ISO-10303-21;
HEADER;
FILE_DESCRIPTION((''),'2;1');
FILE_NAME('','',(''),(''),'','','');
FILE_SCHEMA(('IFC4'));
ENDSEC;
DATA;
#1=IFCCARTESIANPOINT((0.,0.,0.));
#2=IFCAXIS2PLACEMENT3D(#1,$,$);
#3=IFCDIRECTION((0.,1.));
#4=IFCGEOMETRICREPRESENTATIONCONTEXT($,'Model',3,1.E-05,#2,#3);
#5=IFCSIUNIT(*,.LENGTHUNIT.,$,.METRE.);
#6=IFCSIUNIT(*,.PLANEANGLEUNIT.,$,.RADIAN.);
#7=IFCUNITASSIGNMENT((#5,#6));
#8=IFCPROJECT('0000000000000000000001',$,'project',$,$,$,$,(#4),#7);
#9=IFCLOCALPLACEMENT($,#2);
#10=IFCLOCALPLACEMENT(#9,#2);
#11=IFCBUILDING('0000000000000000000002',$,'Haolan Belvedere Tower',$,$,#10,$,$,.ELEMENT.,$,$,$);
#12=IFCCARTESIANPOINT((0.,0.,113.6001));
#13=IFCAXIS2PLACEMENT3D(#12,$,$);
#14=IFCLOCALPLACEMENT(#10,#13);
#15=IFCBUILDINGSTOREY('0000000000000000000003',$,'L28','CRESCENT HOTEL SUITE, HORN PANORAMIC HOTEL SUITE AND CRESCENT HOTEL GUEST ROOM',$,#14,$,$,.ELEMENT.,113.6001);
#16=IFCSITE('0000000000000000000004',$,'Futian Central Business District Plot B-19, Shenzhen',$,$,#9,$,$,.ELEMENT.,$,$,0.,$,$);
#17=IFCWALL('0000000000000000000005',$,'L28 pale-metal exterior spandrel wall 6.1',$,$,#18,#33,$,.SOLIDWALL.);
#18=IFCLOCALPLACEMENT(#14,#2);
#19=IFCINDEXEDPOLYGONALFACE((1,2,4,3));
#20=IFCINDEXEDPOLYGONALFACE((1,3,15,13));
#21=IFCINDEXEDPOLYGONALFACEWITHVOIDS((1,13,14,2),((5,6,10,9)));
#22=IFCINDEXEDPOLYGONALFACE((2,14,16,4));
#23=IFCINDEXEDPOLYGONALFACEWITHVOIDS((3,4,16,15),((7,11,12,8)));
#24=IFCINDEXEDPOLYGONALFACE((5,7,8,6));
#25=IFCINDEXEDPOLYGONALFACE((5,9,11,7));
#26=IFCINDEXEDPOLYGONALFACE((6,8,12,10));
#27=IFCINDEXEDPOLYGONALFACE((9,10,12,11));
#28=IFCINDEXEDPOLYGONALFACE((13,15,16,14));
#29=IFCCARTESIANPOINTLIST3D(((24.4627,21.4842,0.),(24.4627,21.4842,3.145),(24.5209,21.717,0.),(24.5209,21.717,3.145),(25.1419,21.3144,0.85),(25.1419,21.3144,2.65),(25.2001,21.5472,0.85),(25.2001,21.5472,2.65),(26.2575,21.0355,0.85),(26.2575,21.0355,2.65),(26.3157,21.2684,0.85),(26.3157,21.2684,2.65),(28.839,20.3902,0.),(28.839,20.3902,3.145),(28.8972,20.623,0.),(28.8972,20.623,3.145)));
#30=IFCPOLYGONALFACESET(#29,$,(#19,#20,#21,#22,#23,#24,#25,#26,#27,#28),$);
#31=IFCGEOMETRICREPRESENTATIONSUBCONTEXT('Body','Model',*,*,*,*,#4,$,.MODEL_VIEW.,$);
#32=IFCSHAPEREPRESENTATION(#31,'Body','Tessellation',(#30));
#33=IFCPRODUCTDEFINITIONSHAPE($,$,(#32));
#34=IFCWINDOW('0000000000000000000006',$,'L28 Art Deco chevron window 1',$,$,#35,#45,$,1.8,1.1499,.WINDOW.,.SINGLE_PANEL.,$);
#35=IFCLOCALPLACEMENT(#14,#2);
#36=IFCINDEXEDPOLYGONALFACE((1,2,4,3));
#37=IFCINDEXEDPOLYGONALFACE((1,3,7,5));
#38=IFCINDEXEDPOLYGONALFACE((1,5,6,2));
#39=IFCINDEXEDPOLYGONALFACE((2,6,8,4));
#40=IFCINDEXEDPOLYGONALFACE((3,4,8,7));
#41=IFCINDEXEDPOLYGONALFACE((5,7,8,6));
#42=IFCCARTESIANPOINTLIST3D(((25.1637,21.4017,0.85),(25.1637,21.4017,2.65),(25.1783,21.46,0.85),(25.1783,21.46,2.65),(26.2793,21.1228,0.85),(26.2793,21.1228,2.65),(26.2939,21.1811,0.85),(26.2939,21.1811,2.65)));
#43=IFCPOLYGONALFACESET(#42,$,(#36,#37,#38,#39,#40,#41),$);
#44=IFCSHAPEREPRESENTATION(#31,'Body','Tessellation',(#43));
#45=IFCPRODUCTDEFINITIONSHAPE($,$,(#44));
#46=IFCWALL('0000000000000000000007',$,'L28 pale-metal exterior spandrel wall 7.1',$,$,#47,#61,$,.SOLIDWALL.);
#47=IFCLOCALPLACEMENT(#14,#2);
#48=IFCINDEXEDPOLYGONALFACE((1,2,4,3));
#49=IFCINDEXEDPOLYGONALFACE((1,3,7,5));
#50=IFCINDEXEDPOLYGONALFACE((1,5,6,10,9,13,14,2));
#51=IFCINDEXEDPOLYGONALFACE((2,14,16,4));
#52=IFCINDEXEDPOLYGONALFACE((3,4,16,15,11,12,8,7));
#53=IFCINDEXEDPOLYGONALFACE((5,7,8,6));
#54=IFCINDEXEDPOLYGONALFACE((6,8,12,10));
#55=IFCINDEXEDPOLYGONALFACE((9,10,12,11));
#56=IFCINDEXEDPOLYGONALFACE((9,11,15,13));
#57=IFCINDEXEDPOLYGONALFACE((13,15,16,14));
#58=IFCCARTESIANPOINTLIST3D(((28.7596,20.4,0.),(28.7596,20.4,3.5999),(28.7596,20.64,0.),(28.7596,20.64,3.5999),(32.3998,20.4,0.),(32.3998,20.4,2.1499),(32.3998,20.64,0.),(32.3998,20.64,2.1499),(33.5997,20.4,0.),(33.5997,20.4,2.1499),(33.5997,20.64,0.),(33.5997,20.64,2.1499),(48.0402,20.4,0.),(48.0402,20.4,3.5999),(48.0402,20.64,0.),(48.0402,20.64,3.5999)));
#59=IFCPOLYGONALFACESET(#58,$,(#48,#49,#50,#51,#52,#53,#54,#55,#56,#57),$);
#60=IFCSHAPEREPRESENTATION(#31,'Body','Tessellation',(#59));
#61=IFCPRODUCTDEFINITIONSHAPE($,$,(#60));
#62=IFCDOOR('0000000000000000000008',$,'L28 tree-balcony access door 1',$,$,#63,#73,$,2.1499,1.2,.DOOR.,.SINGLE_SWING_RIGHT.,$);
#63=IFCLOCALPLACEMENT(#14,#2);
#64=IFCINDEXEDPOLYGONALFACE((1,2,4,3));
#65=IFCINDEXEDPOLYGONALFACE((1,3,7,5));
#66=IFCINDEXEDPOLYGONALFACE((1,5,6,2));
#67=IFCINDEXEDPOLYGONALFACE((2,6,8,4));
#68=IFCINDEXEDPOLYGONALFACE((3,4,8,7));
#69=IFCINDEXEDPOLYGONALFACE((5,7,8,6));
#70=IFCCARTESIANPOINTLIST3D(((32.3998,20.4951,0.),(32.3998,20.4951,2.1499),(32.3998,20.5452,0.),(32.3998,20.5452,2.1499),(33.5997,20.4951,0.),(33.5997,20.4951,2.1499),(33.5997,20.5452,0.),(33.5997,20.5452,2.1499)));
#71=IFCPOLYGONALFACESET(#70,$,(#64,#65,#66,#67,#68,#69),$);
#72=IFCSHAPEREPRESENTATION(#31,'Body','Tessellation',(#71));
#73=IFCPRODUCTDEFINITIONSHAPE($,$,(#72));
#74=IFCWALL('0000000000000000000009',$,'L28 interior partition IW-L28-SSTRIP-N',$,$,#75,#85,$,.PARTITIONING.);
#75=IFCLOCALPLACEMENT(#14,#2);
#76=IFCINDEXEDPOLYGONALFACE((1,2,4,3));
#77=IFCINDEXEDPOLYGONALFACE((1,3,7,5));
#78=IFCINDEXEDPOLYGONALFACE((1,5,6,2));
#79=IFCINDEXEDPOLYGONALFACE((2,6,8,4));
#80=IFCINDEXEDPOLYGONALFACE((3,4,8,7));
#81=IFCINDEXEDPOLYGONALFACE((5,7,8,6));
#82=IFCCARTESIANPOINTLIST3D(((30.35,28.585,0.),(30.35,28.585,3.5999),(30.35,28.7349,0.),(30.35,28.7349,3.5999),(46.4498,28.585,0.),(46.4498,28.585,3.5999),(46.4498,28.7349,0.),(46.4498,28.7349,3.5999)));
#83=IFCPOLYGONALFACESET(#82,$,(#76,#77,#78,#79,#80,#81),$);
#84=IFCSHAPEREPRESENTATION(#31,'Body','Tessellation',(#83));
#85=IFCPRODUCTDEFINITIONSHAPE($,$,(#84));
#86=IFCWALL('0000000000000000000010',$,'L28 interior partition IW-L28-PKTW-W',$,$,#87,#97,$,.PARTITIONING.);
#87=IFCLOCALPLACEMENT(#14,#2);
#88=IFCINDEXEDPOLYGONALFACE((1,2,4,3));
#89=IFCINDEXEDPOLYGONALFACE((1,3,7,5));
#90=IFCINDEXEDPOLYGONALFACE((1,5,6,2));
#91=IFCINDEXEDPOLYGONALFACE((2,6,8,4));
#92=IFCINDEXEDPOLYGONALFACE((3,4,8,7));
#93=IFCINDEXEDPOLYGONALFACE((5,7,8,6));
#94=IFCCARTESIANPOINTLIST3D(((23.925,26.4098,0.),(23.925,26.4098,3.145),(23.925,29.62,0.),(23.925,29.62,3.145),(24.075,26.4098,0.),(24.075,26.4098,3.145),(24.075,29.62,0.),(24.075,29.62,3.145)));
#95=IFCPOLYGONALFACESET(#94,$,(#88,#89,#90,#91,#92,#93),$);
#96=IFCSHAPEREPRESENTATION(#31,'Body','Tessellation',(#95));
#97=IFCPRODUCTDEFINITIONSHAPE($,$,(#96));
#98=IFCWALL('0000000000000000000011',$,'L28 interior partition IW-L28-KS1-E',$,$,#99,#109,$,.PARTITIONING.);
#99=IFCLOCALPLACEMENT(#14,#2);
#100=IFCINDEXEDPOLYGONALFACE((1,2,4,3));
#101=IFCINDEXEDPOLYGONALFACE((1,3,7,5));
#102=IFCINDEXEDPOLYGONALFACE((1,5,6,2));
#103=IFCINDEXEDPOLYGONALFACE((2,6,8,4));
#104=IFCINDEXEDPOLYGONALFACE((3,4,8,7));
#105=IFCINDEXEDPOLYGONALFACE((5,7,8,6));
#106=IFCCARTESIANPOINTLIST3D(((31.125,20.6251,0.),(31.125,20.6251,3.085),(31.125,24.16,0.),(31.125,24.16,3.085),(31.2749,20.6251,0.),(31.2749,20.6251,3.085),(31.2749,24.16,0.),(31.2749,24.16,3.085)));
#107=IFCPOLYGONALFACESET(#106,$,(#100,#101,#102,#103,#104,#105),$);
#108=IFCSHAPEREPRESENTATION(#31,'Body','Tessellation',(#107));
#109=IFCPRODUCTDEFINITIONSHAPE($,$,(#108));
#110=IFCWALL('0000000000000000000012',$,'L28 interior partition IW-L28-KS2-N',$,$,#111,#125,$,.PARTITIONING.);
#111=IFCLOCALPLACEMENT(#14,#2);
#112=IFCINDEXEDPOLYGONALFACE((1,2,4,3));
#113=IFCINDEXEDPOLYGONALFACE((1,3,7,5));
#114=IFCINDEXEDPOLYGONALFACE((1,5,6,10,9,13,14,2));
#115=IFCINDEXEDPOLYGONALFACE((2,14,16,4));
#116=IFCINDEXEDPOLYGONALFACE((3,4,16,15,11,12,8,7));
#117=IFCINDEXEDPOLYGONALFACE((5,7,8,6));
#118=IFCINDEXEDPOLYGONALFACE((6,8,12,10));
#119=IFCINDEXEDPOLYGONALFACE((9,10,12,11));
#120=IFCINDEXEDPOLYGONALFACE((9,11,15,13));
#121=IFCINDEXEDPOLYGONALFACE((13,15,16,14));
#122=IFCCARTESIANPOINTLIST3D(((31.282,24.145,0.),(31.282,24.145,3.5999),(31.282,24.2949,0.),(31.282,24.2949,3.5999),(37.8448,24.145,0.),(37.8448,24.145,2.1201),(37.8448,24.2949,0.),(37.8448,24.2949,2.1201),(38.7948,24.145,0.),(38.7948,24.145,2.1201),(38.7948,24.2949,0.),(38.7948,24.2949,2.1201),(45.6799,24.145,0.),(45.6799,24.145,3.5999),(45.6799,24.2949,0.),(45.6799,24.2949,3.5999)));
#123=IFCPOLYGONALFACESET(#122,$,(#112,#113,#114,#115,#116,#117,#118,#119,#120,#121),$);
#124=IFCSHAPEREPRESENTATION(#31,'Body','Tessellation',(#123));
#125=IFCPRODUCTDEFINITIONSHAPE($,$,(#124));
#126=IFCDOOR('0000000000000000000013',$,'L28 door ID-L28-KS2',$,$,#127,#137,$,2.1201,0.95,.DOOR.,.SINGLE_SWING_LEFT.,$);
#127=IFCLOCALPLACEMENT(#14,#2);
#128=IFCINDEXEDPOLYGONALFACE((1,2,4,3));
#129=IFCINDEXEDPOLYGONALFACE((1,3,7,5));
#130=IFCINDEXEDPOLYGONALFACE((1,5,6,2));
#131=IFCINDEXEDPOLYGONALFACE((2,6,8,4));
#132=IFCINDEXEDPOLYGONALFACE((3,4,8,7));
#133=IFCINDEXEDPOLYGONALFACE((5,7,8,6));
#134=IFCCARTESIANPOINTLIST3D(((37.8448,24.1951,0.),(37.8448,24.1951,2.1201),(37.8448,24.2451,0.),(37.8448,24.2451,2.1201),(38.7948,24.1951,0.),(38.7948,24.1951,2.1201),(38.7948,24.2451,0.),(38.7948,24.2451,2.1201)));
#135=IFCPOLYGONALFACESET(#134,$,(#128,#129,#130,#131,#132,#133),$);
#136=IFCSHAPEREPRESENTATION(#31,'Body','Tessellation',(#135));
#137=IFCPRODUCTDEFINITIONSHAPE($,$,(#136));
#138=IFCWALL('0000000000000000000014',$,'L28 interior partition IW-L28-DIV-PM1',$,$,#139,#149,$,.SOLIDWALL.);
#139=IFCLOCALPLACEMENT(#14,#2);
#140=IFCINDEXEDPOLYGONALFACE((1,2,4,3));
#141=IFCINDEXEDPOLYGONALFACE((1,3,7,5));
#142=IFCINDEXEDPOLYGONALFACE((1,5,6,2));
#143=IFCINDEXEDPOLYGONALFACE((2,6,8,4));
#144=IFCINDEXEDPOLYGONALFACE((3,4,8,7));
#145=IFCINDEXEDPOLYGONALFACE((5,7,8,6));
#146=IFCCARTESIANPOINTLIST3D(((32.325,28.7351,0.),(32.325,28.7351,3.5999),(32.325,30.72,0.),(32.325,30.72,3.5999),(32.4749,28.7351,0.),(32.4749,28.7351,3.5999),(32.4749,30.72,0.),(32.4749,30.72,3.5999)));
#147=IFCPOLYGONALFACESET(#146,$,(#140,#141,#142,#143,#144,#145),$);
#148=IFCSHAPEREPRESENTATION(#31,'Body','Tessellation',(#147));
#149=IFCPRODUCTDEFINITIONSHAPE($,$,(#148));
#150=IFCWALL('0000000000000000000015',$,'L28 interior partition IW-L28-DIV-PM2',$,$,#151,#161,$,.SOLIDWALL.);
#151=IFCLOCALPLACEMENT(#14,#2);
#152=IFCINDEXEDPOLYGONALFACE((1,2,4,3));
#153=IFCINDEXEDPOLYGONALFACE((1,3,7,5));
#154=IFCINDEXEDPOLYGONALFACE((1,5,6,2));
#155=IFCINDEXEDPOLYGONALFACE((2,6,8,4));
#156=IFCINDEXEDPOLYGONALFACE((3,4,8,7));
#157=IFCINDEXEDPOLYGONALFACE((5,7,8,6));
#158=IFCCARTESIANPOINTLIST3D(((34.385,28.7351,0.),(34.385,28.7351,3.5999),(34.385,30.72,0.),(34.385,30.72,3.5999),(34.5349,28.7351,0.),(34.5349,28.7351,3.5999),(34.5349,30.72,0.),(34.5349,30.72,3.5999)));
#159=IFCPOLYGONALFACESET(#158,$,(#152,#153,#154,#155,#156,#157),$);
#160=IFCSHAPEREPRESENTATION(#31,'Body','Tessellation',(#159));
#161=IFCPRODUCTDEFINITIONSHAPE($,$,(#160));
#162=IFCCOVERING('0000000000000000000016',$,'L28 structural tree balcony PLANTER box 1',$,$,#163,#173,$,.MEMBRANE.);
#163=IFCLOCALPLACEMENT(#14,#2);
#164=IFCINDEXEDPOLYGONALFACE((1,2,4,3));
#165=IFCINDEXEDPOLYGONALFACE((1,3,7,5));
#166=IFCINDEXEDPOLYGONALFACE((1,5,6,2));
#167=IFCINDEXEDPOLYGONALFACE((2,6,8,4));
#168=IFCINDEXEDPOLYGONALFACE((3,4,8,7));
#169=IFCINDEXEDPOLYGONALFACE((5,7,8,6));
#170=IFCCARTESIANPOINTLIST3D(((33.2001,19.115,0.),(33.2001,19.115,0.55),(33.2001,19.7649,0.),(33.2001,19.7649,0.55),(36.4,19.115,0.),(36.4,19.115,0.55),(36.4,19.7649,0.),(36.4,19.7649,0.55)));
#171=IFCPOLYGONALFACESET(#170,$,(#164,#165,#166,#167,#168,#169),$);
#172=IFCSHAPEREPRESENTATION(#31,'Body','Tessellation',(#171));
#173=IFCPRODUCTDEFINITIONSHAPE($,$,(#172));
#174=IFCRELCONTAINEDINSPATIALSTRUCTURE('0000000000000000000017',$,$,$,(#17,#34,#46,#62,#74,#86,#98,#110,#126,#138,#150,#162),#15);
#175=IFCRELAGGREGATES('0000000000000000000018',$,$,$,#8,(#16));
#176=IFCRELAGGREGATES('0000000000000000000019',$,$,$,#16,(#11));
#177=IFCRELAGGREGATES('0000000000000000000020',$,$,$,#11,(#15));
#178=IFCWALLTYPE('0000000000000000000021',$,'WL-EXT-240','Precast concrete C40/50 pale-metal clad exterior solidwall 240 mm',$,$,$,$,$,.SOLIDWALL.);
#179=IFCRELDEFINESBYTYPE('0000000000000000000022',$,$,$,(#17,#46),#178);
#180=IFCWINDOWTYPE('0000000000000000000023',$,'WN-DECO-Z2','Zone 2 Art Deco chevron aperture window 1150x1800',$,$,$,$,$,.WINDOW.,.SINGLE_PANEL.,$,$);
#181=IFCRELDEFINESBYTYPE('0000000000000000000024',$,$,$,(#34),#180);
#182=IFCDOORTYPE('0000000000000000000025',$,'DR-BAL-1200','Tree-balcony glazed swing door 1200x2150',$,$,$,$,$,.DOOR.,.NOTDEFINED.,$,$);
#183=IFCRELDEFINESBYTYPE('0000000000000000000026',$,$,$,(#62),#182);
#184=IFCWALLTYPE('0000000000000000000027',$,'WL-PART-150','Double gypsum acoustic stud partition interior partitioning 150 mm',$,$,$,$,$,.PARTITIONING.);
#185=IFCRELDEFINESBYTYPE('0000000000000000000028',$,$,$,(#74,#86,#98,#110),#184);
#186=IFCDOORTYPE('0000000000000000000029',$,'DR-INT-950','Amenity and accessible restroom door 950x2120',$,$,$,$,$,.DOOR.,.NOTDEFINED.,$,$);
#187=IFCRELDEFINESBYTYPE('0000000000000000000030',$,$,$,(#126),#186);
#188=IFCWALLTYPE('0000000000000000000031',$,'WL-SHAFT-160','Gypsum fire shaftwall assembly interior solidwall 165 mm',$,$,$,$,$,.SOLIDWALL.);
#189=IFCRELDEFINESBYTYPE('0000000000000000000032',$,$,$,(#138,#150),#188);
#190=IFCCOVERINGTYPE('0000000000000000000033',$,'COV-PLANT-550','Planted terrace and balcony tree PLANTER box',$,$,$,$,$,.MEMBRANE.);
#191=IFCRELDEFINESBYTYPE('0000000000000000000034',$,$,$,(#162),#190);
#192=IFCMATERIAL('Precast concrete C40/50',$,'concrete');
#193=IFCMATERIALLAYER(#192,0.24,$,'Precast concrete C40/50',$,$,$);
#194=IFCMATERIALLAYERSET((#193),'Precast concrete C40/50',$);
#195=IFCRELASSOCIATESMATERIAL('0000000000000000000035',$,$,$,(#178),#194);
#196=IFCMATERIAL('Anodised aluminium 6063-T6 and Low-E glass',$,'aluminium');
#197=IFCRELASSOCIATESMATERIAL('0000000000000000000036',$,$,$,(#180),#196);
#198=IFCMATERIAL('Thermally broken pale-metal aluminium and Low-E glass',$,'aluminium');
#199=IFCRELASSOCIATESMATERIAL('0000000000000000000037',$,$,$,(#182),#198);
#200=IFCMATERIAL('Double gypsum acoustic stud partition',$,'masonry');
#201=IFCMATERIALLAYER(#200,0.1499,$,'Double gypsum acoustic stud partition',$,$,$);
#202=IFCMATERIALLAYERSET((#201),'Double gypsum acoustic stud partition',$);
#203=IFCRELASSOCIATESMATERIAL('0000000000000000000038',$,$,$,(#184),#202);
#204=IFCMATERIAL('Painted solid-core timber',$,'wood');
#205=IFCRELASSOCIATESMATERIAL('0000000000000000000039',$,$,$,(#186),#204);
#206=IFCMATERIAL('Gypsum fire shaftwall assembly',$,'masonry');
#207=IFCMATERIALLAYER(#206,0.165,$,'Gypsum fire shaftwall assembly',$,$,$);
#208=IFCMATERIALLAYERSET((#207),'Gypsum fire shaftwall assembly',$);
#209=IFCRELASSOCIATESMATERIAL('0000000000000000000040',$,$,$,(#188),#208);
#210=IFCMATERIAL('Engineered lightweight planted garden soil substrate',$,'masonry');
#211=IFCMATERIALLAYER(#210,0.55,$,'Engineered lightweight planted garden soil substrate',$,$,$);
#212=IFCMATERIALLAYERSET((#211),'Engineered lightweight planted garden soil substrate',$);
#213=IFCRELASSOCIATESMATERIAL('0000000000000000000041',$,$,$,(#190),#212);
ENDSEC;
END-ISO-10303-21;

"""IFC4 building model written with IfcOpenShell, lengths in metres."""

from ifc_helpers import new_model, si_unit, direction, frame, frame_2d, origin, origin_2d, place, context, subcontext, project, spatial, rectangle, extrude, material, layer, layer_set, type_object, element, fill, save


model = new_model("IFC4")

# Units and contexts
model_context = context("Model", 3, precision=1e-05, world=origin(), true_north=direction((0.0, 1.0)))
body_context = subcontext(model_context, "Body", "Model", "MODEL_VIEW")
ifc_project = project(units=[si_unit("LENGTHUNIT", "METRE"), si_unit("PLANEANGLEUNIT", "RADIAN")], contexts=[model_context])

# Site, building, storey
site_placement = place(None, origin())
site = spatial("IfcSite", under=ifc_project, at=site_placement, Name="Futian Central Business District Plot B-19, Shenzhen", CompositionType="ELEMENT", RefElevation=0.0)
building_placement = place(site_placement, origin())
building = spatial("IfcBuilding", under=site, at=building_placement, Name="Haolan Belvedere Tower", CompositionType="ELEMENT")
storey_placement = place(building_placement, frame((0.0, 0.0, 113.6001)))
storey = spatial("IfcBuildingStorey", under=building, at=storey_placement, Name="L28", Description="CRESCENT HOTEL SUITE, HORN PANORAMIC HOTEL SUITE AND CRESCENT HOTEL GUEST ROOM", CompositionType="ELEMENT", Elevation=113.6001)

# Wall, opening, window
ifc_material_1 = material(Name="Precast concrete C40/50", Category="concrete")
ifc_layer_1 = layer(ifc_material_1, 0.24, Name="Precast concrete C40/50")
ifc_layer_set_1 = layer_set([ifc_layer_1], Name="Precast concrete C40/50")
wall_type_1 = type_object("IfcWallType", Name="WL-EXT-240", Description="Precast concrete C40/50 pale-metal clad exterior solidwall 240 mm", PredefinedType="SOLIDWALL", material=ifc_layer_set_1)
wall_1_placement = place(storey_placement, frame((24.4919, 21.6006, 0.0), z_axis=(0.0, 0.0, 1.0), x_axis=(0.970146, -0.242523, 0.0)))
wall_1 = element("IfcWall", 1, at=wall_1_placement, inside=storey, type_object=wall_type_1, Name="L28 pale-metal exterior spandrel wall 6.1", PredefinedType="SOLIDWALL", context=body_context, shape_type="SweptSolid", body=[
    extrude(rectangle(XDim=4.511, YDim=0.24, at=frame_2d((2.2554, 0.0))), origin(), (0.0, 0.0, 1.0), 3.145),
])
opening_1_placement = place(wall_1_placement, frame((0.7, 0.0, 0.8501)))
opening_1 = element("IfcOpeningElement", 2, at=opening_1_placement, cuts=wall_1, PredefinedType="OPENING", context=body_context, shape_type="SweptSolid", body=[
    extrude(rectangle(XDim=1.1499, YDim=1.8, at=frame_2d((0.575, 0.8999))), frame((0.0, 0.1299, 0.0), z_axis=(0.0, -1.0, 0.0), x_axis=(1.0, 0.0, 0.0)), (0.0, 0.0, 1.0), 0.26),
])
ifc_material_2 = material(Name="Anodised aluminium 6063-T6 and Low-E glass", Category="aluminium")
window_type = type_object("IfcWindowType", Name="WN-DECO-Z2", Description="Zone 2 Art Deco chevron aperture window 1150x1800", PartitioningType="SINGLE_PANEL", PredefinedType="WINDOW", material=ifc_material_2)
window_placement = place(opening_1_placement, origin())
window = element("IfcWindow", 3, at=window_placement, inside=storey, type_object=window_type, Name="L28 Art Deco chevron window 1", OverallHeight=1.8, OverallWidth=1.1499, PartitioningType="SINGLE_PANEL", PredefinedType="WINDOW", context=body_context, shape_type="SweptSolid", body=[
    extrude(rectangle(XDim=1.1499, YDim=1.8, at=frame_2d((0.575, 0.8999))), frame((0.0, 0.03, 0.0), z_axis=(0.0, -1.0, 0.0), x_axis=(1.0, 0.0, 0.0)), (0.0, 0.0, 1.0), 0.0601),
])
fill(opening_1, window)

# Wall, opening, door
wall_2_placement = place(storey_placement, frame((28.7598, 20.52, 0.0), z_axis=(0.0, 0.0, 1.0), x_axis=(1.0, 0.0, 0.0)))
wall_2 = element("IfcWall", 4, at=wall_2_placement, inside=storey, type_object=wall_type_1, Name="L28 pale-metal exterior spandrel wall 7.1", PredefinedType="SOLIDWALL", context=body_context, shape_type="SweptSolid", body=[
    extrude(rectangle(XDim=19.2805, YDim=0.24, at=frame_2d((9.6401, 0.0))), origin(), (0.0, 0.0, 1.0), 3.5999),
])
opening_2_placement = place(wall_2_placement, frame((4.8401, 0.0, 0.0), z_axis=(0.0, 0.0, 1.0), x_axis=(-1.0, 0.0, 0.0)))
opening_2 = element("IfcOpeningElement", 5, at=opening_2_placement, cuts=wall_2, PredefinedType="OPENING", context=body_context, shape_type="SweptSolid", body=[
    extrude(rectangle(XDim=1.2, YDim=2.1499, at=frame_2d((0.6001, 1.075))), frame((0.0, 0.1299, 0.0), z_axis=(0.0, -1.0, 0.0), x_axis=(1.0, 0.0, 0.0)), (0.0, 0.0, 1.0), 0.26),
])
ifc_material_3 = material(Name="Thermally broken pale-metal aluminium and Low-E glass", Category="aluminium")
door_type_1 = type_object("IfcDoorType", Name="DR-BAL-1200", Description="Tree-balcony glazed swing door 1200x2150", OperationType="NOTDEFINED", PredefinedType="DOOR", material=ifc_material_3)
door_1_placement = place(opening_2_placement, origin())
door_1 = element("IfcDoor", 6, at=door_1_placement, inside=storey, type_object=door_type_1, Name="L28 tree-balcony access door 1", OperationType="SINGLE_SWING_RIGHT", OverallHeight=2.1499, OverallWidth=1.2, PredefinedType="DOOR", context=body_context, shape_type="SweptSolid", body=[
    extrude(rectangle(XDim=1.2, YDim=2.1499, at=frame_2d((0.6001, 1.075))), frame((0.0, 0.0249, 0.0), z_axis=(0.0, -1.0, 0.0), x_axis=(1.0, 0.0, 0.0)), (0.0, 0.0, 1.0), 0.05),
])
fill(opening_2, door_1)

# Walls
ifc_material_4 = material(Name="Double gypsum acoustic stud partition", Category="masonry")
ifc_layer_2 = layer(ifc_material_4, 0.1499, Name="Double gypsum acoustic stud partition")
ifc_layer_set_2 = layer_set([ifc_layer_2], Name="Double gypsum acoustic stud partition")
wall_type_2 = type_object("IfcWallType", Name="WL-PART-150", Description="Double gypsum acoustic stud partition interior partitioning 150 mm", PredefinedType="PARTITIONING", material=ifc_layer_set_2)
wall_3_placement = place(storey_placement, frame((30.3501, 28.6599, 0.0), z_axis=(0.0, 0.0, 1.0), x_axis=(1.0, 0.0, 0.0)))
element("IfcWall", 7, at=wall_3_placement, inside=storey, type_object=wall_type_2, Name="L28 interior partition IW-L28-SSTRIP-N", PredefinedType="PARTITIONING", context=body_context, shape_type="SweptSolid", body=[
    extrude(rectangle(XDim=16.0999, YDim=0.1499, at=frame_2d((8.0498, 0.0))), origin(), (0.0, 0.0, 1.0), 3.5999),
])
wall_4_placement = place(storey_placement, frame((24.0, 26.4099, 0.0), z_axis=(0.0, 0.0, 1.0), x_axis=(0.0, 1.0, 0.0)))
element("IfcWall", 8, at=wall_4_placement, inside=storey, type_object=wall_type_2, Name="L28 interior partition IW-L28-PKTW-W", PredefinedType="PARTITIONING", context=body_context, shape_type="SweptSolid", body=[
    extrude(rectangle(XDim=3.2102, YDim=0.1499, at=frame_2d((1.605, 0.0))), origin(), (0.0, 0.0, 1.0), 3.145),
])

# Shared definitions
ifc_material_5 = material(Name="Painted solid-core timber", Category="wood")
door_type_2 = type_object("IfcDoorType", Name="DR-INT-950", Description="Amenity and accessible restroom door 950x2120", OperationType="NOTDEFINED", PredefinedType="DOOR", material=ifc_material_5)

# Wall
wall_5_placement = place(storey_placement, frame((31.2, 20.625, 0.0), z_axis=(0.0, 0.0, 1.0), x_axis=(0.0, 1.0, 0.0)))
element("IfcWall", 9, at=wall_5_placement, inside=storey, type_object=wall_type_2, Name="L28 interior partition IW-L28-KS1-E", PredefinedType="PARTITIONING", context=body_context, shape_type="SweptSolid", body=[
    extrude(rectangle(XDim=3.5349, YDim=0.1499, at=frame_2d((1.7676, 0.0))), origin(), (0.0, 0.0, 1.0), 3.085),
])

# Wall, opening, door
wall_6_placement = place(storey_placement, frame((31.282, 24.22, 0.0), z_axis=(0.0, 0.0, 1.0), x_axis=(1.0, 0.0, 0.0)))
wall_6 = element("IfcWall", 10, at=wall_6_placement, inside=storey, type_object=wall_type_2, Name="L28 interior partition IW-L28-KS2-N", PredefinedType="PARTITIONING", context=body_context, shape_type="SweptSolid", body=[
    extrude(rectangle(XDim=14.3979, YDim=0.1499, at=frame_2d((7.199, 0.0))), origin(), (0.0, 0.0, 1.0), 3.5999),
])
opening_3_placement = place(wall_6_placement, frame((7.5129, 0.0, 0.0), z_axis=(0.0, 0.0, 1.0), x_axis=(-1.0, 0.0, 0.0)))
opening_3 = element("IfcOpeningElement", 11, at=opening_3_placement, cuts=wall_6, PredefinedType="OPENING", context=body_context, shape_type="SweptSolid", body=[
    extrude(rectangle(XDim=0.95, YDim=2.1201, at=frame_2d((0.4751, 1.0601))), frame((0.0, 0.085, 0.0), z_axis=(0.0, -1.0, 0.0), x_axis=(1.0, 0.0, 0.0)), (0.0, 0.0, 1.0), 0.1699),
])
door_2_placement = place(opening_3_placement, origin())
door_2 = element("IfcDoor", 12, at=door_2_placement, inside=storey, type_object=door_type_2, Name="L28 door ID-L28-KS2", OperationType="SINGLE_SWING_LEFT", OverallHeight=2.1201, OverallWidth=0.95, PredefinedType="DOOR", context=body_context, shape_type="SweptSolid", body=[
    extrude(rectangle(XDim=0.95, YDim=2.1201, at=frame_2d((0.4751, 1.0601))), frame((0.0, 0.0249, 0.0), z_axis=(0.0, -1.0, 0.0), x_axis=(1.0, 0.0, 0.0)), (0.0, 0.0, 1.0), 0.05),
])
fill(opening_3, door_2)

# Walls
ifc_material_6 = material(Name="Gypsum fire shaftwall assembly", Category="masonry")
ifc_layer_3 = layer(ifc_material_6, 0.165, Name="Gypsum fire shaftwall assembly")
ifc_layer_set_3 = layer_set([ifc_layer_3], Name="Gypsum fire shaftwall assembly")
wall_type_3 = type_object("IfcWallType", Name="WL-SHAFT-160", Description="Gypsum fire shaftwall assembly interior solidwall 165 mm", PredefinedType="SOLIDWALL", material=ifc_layer_set_3)
for number, where, z_axis, x_axis, name in (
    (13, (32.3999, 28.7351, 0.0), (0.0, 0.0, 1.0), (0.0, 1.0, 0.0), "L28 interior partition IW-L28-DIV-PM1"),
    (14, (34.46, 28.7351, 0.0), (0.0, 0.0, 1.0), (0.0, 1.0, 0.0), "L28 interior partition IW-L28-DIV-PM2"),
):
    element("IfcWall", number, at=place(storey_placement, frame(where, z_axis=z_axis, x_axis=x_axis)), inside=storey, type_object=wall_type_3, Name=name, PredefinedType="SOLIDWALL", context=body_context, shape_type="SweptSolid", body=[
        extrude(rectangle(XDim=1.9849, YDim=0.1499, at=frame_2d((0.9924, 0.0))), origin(), (0.0, 0.0, 1.0), 3.5999),
    ])

# Covering
ifc_material_7 = material(Name="Engineered lightweight planted garden soil substrate", Category="masonry")
ifc_layer_4 = layer(ifc_material_7, 0.55, Name="Engineered lightweight planted garden soil substrate")
ifc_layer_set_4 = layer_set([ifc_layer_4], Name="Engineered lightweight planted garden soil substrate")
covering_type = type_object("IfcCoveringType", Name="COV-PLANT-550", Description="Planted terrace and balcony tree PLANTER box", PredefinedType="MEMBRANE", material=ifc_layer_set_4)
covering_placement = place(storey_placement, frame((34.8, 19.4399, 0.0), z_axis=(0.0, 0.0, 1.0), x_axis=(1.0, 0.0, 0.0)))
element("IfcCovering", 15, at=covering_placement, inside=storey, type_object=covering_type, Name="L28 structural tree balcony PLANTER box 1", PredefinedType="MEMBRANE", context=body_context, shape_type="SweptSolid", body=[
    extrude(rectangle(XDim=3.2, YDim=0.6499, at=origin_2d()), origin(), (0.0, 0.0, 1.0), 0.55),
])

save(model, "model.ifc")
